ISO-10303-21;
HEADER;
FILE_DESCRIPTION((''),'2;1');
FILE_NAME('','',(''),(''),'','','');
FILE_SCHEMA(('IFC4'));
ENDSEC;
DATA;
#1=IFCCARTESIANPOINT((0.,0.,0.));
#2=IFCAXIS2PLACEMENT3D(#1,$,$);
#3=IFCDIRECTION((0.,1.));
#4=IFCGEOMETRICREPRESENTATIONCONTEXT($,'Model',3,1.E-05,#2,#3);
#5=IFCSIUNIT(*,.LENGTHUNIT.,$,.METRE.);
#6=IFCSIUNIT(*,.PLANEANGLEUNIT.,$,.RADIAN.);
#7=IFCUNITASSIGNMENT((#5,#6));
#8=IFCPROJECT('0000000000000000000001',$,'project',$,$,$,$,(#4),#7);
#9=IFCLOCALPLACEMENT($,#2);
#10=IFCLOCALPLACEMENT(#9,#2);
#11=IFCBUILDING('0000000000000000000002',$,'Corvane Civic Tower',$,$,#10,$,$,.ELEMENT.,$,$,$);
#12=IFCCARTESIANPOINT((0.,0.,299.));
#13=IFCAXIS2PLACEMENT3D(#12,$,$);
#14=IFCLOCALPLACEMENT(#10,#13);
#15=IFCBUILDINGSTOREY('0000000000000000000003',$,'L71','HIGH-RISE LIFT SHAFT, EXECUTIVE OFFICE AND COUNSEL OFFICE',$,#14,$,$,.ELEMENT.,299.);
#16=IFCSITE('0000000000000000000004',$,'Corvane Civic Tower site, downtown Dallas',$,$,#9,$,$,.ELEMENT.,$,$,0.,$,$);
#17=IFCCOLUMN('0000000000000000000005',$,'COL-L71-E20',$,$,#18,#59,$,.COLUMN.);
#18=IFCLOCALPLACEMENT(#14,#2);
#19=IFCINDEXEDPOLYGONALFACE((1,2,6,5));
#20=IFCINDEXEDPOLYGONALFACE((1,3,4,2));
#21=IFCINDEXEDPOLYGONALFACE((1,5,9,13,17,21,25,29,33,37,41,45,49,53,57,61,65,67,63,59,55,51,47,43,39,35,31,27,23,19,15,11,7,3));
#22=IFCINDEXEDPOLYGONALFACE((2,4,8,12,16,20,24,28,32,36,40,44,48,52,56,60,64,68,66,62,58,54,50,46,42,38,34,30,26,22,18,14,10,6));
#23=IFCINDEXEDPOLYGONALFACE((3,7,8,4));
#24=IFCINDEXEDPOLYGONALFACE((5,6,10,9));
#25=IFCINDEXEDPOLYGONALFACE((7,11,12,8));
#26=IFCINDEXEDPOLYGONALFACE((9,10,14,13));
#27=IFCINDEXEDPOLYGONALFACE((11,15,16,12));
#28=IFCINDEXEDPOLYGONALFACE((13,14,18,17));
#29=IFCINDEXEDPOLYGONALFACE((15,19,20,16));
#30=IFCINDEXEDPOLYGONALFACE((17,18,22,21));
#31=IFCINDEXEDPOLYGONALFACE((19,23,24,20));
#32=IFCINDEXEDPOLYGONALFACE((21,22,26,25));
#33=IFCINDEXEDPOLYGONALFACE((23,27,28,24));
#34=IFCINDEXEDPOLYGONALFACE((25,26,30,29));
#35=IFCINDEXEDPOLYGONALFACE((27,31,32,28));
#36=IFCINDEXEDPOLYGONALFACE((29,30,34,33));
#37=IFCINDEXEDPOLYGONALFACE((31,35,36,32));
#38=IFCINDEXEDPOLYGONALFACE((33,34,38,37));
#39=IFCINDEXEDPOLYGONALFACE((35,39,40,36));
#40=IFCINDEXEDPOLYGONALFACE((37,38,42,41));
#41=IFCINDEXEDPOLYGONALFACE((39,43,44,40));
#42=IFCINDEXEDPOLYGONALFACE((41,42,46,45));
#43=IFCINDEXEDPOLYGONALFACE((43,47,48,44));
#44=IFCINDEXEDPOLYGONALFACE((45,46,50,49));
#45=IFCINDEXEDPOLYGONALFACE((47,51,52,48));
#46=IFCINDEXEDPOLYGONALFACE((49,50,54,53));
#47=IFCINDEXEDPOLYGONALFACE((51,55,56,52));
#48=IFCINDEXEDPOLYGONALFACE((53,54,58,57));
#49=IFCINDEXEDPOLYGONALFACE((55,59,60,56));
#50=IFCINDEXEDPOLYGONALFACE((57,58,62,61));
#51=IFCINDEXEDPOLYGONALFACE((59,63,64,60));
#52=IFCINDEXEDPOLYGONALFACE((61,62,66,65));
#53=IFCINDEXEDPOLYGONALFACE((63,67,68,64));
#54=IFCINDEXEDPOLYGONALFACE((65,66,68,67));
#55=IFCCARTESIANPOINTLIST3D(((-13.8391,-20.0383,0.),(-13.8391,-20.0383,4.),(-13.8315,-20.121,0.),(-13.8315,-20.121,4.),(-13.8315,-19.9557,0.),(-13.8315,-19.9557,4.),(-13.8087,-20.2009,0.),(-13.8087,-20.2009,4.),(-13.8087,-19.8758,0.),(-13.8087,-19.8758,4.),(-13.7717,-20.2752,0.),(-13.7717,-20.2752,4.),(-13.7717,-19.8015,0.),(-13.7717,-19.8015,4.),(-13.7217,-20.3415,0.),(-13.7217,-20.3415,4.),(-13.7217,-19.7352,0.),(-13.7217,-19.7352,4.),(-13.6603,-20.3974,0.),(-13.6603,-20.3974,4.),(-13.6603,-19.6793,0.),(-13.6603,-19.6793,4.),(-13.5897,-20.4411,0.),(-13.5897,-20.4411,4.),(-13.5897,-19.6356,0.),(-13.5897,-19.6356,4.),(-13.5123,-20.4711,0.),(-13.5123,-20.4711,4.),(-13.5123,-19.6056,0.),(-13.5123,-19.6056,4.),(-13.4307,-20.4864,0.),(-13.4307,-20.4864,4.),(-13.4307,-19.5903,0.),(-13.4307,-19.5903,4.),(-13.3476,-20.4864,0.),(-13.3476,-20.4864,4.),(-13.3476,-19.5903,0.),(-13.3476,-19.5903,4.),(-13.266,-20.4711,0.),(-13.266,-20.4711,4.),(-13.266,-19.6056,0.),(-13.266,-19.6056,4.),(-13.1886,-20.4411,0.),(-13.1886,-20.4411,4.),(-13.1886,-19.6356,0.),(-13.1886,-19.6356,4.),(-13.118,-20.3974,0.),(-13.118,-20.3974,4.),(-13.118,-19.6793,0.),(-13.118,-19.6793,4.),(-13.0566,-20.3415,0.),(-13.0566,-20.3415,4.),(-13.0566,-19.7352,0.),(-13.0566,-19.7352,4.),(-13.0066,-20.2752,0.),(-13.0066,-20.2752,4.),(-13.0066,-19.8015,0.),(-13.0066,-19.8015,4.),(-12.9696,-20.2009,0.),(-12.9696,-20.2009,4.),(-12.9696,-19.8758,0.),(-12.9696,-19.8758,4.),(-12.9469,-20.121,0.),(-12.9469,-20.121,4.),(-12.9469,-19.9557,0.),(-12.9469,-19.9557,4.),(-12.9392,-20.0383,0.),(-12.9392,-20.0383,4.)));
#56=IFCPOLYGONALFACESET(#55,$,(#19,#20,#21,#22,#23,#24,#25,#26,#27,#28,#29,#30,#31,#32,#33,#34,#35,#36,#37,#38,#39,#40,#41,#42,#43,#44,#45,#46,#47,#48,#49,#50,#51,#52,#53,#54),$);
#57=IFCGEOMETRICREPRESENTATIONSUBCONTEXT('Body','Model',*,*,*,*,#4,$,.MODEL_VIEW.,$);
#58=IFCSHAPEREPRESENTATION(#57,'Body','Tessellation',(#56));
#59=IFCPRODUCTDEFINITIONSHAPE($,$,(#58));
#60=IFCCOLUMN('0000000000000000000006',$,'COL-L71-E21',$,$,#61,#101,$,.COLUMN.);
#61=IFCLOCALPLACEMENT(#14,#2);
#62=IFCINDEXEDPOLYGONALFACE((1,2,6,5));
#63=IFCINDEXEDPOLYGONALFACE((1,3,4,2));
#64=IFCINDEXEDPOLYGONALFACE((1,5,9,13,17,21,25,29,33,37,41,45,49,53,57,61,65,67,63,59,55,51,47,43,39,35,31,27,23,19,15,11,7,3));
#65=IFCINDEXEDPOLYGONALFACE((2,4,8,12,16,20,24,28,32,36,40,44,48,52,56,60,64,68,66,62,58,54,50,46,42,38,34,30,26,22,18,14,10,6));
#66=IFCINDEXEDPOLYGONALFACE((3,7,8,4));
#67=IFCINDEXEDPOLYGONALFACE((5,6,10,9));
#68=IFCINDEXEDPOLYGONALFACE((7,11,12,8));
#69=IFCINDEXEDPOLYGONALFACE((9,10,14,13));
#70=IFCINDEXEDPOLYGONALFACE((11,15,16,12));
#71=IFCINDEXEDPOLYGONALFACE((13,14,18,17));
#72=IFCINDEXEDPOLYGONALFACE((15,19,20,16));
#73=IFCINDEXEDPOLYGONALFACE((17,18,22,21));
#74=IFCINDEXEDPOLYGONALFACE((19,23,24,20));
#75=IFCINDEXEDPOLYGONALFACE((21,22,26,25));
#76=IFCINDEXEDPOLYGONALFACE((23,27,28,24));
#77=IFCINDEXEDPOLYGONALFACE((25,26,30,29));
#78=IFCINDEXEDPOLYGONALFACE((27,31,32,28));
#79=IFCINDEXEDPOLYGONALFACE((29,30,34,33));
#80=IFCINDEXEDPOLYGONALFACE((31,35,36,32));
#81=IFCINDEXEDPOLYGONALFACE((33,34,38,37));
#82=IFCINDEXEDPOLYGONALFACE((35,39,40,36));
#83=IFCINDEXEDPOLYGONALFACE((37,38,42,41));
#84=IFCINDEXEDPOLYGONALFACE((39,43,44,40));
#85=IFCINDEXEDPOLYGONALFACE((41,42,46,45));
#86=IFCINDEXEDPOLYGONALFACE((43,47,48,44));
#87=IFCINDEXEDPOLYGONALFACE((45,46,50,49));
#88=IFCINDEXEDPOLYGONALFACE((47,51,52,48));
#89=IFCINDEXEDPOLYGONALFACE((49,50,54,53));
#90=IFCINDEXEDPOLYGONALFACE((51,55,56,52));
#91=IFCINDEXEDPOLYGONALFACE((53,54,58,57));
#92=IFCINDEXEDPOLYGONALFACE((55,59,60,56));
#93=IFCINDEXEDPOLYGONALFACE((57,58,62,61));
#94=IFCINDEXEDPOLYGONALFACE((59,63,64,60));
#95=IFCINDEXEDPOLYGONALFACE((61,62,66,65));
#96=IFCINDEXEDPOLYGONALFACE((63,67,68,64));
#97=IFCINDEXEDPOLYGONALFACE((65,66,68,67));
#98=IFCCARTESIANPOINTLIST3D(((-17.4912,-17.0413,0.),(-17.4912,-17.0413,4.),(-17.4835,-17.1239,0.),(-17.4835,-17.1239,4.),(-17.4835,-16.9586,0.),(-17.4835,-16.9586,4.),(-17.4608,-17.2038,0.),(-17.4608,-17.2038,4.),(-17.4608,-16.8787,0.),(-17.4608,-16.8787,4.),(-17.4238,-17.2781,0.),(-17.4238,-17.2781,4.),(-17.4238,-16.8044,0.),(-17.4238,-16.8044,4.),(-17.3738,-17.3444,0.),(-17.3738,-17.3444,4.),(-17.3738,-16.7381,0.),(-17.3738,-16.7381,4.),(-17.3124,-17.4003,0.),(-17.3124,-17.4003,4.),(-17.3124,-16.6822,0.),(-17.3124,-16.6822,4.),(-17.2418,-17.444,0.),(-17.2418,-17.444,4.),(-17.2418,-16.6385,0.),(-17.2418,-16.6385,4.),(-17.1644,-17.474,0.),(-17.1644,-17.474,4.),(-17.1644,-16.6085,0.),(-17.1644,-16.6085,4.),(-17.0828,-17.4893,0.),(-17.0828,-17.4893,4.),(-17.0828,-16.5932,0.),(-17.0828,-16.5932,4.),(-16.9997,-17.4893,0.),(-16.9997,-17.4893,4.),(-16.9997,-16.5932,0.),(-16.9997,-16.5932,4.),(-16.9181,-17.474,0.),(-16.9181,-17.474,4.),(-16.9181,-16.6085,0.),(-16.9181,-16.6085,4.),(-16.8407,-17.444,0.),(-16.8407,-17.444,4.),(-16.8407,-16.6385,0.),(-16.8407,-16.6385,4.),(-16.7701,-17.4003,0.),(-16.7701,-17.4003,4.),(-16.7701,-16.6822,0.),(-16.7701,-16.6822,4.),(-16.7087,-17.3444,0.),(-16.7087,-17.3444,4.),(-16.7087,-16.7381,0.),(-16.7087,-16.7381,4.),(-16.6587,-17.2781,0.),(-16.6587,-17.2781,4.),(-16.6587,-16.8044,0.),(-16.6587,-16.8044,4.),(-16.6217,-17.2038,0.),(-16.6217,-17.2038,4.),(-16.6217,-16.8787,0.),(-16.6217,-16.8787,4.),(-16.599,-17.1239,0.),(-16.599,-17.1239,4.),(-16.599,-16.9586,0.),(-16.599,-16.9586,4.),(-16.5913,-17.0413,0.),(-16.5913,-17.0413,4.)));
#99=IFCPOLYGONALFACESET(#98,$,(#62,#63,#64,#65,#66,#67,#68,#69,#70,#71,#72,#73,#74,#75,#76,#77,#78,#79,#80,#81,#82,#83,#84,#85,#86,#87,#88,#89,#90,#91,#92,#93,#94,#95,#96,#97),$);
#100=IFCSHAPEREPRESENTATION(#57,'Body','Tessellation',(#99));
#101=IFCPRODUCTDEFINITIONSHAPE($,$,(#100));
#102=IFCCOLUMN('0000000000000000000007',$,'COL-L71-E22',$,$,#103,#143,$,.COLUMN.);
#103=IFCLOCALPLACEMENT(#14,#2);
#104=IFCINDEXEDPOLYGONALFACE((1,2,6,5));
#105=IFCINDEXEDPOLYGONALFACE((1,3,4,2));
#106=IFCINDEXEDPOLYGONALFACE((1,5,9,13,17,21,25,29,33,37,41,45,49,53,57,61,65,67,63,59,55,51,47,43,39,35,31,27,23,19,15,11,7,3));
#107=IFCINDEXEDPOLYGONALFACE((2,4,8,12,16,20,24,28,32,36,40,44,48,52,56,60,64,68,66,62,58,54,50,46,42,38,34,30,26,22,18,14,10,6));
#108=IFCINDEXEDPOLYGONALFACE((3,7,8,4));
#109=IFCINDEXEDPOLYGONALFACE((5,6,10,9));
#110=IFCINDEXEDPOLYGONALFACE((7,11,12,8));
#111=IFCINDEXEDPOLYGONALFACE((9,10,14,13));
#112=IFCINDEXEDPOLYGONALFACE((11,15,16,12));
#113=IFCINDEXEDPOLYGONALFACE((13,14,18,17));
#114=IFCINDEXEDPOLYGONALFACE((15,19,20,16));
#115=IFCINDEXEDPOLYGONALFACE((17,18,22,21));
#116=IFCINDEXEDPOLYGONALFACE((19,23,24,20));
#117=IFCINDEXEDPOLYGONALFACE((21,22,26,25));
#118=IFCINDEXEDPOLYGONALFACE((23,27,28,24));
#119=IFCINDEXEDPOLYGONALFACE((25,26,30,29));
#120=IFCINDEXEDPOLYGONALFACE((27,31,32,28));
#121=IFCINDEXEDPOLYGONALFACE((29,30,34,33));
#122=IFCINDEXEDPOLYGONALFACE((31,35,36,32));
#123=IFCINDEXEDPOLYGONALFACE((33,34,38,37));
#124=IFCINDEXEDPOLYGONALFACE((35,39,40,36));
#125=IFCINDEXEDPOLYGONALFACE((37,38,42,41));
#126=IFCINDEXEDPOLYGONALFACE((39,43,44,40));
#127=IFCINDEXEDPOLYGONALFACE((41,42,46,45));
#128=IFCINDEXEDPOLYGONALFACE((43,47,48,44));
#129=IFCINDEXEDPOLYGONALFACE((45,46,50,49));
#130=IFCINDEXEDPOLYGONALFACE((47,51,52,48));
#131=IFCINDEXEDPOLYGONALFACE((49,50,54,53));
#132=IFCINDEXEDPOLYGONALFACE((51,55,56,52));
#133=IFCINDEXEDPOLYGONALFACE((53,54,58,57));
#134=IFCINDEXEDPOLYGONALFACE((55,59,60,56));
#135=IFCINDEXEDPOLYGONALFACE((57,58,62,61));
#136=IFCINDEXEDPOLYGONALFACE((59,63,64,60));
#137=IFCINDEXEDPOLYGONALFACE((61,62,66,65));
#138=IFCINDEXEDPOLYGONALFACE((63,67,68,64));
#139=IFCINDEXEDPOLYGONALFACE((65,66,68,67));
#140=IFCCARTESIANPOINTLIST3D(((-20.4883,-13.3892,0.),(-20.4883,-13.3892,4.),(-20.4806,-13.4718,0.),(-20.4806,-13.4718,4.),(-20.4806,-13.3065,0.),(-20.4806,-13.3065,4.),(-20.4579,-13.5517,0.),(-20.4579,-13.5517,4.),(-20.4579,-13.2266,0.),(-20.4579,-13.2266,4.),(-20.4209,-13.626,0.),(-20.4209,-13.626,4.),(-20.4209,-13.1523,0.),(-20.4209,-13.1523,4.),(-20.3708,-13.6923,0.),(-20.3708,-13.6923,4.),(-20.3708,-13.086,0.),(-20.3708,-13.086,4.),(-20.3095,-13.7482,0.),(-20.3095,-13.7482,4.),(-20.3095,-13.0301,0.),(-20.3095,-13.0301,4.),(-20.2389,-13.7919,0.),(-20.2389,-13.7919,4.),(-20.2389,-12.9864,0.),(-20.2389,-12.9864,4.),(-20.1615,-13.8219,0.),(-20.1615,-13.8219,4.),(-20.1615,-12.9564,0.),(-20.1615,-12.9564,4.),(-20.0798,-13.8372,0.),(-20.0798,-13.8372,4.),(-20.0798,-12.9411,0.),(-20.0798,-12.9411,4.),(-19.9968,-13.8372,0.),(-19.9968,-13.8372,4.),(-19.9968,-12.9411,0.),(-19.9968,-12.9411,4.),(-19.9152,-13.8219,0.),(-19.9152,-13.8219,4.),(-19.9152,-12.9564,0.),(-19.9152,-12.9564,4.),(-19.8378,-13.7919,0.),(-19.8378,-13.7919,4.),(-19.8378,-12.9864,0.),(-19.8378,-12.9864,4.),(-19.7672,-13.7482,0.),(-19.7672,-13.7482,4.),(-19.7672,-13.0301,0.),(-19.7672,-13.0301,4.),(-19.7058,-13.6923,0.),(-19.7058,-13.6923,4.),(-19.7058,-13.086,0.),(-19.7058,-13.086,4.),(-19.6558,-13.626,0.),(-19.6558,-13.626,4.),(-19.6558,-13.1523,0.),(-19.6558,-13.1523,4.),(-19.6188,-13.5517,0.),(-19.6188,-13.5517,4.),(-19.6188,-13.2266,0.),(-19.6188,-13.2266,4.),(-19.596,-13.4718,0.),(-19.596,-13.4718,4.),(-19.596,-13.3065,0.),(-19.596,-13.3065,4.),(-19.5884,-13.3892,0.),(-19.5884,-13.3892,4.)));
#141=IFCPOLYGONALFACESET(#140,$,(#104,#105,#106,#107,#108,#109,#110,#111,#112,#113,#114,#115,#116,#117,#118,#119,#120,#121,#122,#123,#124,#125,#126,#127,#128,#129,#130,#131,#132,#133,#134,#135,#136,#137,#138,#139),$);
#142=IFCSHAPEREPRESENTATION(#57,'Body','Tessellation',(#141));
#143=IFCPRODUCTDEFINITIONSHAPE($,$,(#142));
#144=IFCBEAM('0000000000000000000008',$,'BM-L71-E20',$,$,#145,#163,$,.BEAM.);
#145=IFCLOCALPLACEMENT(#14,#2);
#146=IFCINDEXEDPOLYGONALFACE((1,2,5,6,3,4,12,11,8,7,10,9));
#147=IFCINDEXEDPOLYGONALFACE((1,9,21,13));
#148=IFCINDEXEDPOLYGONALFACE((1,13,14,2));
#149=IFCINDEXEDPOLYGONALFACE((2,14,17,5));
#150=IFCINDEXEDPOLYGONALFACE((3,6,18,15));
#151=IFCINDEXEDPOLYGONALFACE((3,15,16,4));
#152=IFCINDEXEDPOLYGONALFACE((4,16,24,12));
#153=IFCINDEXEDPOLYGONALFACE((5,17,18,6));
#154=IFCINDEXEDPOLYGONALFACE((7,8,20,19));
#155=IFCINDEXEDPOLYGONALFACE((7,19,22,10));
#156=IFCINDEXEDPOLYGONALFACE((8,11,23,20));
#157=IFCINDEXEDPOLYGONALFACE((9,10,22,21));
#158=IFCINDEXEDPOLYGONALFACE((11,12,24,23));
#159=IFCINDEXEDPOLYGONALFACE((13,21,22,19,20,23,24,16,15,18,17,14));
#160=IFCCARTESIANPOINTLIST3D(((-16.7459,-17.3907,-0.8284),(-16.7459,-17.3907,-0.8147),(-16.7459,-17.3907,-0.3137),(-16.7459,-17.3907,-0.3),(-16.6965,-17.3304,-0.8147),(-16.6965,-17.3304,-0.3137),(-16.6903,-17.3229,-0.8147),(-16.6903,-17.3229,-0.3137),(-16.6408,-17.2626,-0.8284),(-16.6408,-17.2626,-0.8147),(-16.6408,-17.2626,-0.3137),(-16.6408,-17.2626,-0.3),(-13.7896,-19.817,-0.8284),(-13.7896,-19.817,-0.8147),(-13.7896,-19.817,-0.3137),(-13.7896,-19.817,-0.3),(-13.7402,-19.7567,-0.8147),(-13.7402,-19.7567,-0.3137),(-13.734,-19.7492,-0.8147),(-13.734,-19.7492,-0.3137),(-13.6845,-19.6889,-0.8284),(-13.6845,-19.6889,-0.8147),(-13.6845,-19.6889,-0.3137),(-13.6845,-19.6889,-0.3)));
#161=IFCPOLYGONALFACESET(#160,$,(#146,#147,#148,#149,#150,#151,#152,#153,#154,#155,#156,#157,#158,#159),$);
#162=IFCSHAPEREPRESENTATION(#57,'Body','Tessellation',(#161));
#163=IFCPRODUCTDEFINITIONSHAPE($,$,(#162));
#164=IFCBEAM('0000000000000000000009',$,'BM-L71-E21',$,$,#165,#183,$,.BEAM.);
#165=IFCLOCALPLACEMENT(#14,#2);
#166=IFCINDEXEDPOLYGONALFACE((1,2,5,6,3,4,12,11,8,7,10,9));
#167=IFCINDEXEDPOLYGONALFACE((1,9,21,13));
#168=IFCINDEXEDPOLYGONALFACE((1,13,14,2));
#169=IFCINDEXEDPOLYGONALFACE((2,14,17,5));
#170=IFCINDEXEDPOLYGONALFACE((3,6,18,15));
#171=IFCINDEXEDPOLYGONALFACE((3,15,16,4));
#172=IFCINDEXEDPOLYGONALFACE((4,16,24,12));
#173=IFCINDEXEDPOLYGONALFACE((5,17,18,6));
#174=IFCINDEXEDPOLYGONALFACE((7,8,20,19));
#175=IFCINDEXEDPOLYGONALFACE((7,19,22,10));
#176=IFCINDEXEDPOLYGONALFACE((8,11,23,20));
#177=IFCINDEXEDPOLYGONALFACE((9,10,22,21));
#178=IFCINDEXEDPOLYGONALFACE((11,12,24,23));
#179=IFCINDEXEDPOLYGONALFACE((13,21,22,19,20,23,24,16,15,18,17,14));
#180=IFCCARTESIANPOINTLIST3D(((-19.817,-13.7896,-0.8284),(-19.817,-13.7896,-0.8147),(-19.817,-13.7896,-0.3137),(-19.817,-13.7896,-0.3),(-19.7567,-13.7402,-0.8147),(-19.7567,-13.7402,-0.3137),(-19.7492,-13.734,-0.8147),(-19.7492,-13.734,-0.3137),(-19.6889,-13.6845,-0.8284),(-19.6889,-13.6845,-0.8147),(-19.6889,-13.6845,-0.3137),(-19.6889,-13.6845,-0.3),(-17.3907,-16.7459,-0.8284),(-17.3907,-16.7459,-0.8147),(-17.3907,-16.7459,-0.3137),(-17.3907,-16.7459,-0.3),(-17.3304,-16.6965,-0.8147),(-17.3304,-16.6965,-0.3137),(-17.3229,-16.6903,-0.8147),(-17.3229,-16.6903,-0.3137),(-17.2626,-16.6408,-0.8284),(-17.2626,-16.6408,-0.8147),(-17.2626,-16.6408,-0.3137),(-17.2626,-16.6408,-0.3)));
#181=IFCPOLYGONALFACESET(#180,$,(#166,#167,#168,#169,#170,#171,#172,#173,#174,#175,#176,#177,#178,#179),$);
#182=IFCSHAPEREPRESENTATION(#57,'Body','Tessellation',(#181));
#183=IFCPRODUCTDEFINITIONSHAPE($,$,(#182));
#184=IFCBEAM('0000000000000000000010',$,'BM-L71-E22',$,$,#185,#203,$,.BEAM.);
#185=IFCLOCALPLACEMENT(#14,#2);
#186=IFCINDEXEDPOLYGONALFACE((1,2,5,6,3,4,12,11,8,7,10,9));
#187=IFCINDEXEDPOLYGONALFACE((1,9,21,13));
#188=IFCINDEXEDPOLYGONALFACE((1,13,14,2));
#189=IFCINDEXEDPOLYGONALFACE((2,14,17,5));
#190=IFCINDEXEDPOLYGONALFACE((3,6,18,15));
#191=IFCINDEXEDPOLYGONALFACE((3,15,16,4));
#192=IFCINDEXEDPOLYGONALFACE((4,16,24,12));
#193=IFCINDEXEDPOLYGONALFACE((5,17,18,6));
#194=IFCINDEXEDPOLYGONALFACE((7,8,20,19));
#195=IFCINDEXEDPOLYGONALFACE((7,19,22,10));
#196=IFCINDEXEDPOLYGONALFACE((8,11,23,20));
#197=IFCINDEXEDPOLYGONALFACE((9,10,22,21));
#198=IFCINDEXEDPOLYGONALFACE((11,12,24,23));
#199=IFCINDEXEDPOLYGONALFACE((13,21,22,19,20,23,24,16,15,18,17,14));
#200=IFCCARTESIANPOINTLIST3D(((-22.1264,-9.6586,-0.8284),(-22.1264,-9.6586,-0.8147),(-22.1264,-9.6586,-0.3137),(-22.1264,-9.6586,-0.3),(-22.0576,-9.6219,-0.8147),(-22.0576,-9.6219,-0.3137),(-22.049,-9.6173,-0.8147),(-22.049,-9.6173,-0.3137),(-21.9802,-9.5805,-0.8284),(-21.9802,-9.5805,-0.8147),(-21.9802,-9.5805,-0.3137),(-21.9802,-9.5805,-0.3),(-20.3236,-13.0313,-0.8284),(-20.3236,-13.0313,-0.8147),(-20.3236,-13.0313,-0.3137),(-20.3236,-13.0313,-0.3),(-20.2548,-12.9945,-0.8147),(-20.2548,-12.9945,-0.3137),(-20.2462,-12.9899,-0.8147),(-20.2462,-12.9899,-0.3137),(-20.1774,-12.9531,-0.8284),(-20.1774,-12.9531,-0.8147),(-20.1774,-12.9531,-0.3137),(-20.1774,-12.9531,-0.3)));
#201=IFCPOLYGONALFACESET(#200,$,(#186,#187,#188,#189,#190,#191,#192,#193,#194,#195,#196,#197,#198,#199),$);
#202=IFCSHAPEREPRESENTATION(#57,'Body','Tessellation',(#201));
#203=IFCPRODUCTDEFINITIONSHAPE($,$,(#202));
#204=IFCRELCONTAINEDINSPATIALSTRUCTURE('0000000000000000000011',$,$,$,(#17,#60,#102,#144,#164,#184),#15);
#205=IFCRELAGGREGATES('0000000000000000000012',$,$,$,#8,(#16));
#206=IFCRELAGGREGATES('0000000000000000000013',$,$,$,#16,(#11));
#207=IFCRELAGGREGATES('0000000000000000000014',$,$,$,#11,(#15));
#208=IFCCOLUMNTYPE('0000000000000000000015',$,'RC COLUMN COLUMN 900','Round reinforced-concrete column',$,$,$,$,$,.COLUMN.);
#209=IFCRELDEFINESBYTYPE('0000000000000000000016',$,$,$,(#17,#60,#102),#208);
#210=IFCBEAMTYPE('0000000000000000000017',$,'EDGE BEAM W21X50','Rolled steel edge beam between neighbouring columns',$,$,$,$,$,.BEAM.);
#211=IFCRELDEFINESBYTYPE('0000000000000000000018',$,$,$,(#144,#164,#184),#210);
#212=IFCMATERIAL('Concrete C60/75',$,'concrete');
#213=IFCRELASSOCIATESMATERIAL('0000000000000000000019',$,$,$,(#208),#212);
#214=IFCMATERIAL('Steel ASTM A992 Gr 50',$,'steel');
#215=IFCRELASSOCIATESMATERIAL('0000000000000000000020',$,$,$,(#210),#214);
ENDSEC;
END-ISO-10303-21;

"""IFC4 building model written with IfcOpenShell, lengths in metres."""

from ifc_helpers import new_model, si_unit, direction, frame, origin, origin_2d, place, context, subcontext, project, spatial, circle, i_section, extrude, material, material_profile, profile_set, type_object, element, save


model = new_model("IFC4")

# Units and contexts
model_context = context("Model", 3, precision=1e-05, world=origin(), true_north=direction((0.0, 1.0)))
body_context = subcontext(model_context, "Body", "Model", "MODEL_VIEW")
ifc_project = project(units=[si_unit("LENGTHUNIT", "METRE"), si_unit("PLANEANGLEUNIT", "RADIAN")], contexts=[model_context])

# Site, building, storey
site_placement = place(None, origin())
site = spatial("IfcSite", under=ifc_project, at=site_placement, Name="Corvane Civic Tower site, downtown Dallas", CompositionType="ELEMENT", RefElevation=0.0)
building_placement = place(site_placement, origin())
building = spatial("IfcBuilding", under=site, at=building_placement, Name="Corvane Civic Tower", CompositionType="ELEMENT")
storey_placement = place(building_placement, frame((0.0, 0.0, 299.0)))
storey = spatial("IfcBuildingStorey", under=building, at=storey_placement, Name="L71", Description="HIGH-RISE LIFT SHAFT, EXECUTIVE OFFICE AND COUNSEL OFFICE", CompositionType="ELEMENT", Elevation=299.0)

# Columns
ifc_material_1 = material(Name="Concrete C60/75", Category="concrete")
ifc_material_profile_1 = material_profile(ifc_material_1, circle(Radius=0.45, at=origin_2d()), Name="COLUMN 900")
ifc_profile_set_1 = profile_set([ifc_material_profile_1], Name="Concrete C60/75")
column_type = type_object("IfcColumnType", Name="RC COLUMN COLUMN 900", Description="Round reinforced-concrete column", PredefinedType="COLUMN", material=ifc_profile_set_1)
for number, where, z_axis, x_axis, name in (
    (1, (-13.3892, -20.0383, 0.0), (0.0, 0.0, 1.0), (1.0, 0.0, 0.0), "COL-L71-E20"),
    (2, (-17.0413, -17.0413, 0.0), (0.0, 0.0, 1.0), (1.0, 0.0, 0.0), "COL-L71-E21"),
    (3, (-20.0383, -13.3892, 0.0), (0.0, 0.0, 1.0), (1.0, 0.0, 0.0), "COL-L71-E22"),
):
    element("IfcColumn", number, at=place(storey_placement, frame(where, z_axis=z_axis, x_axis=x_axis)), inside=storey, type_object=column_type, Name=name, PredefinedType="COLUMN", context=body_context, shape_type="SweptSolid", body=[
        extrude(circle(Radius=0.45, at=origin_2d()), origin(), (0.0, 0.0, 1.0), 4.0),
    ])

# Beams
ifc_material_2 = material(Name="Steel ASTM A992 Gr 50", Category="steel")
ifc_material_profile_2 = material_profile(ifc_material_2, i_section(OverallWidth=0.1658, OverallDepth=0.5283, WebThickness=0.0098, FlangeThickness=0.0137, at=origin_2d()), Name="W21X50")
ifc_profile_set_2 = profile_set([ifc_material_profile_2], Name="Steel ASTM A992 Gr 50")
beam_type = type_object("IfcBeamType", Name="EDGE BEAM W21X50", Description="Rolled steel edge beam between neighbouring columns", PredefinedType="BEAM", material=ifc_profile_set_2)
for number, where, z_axis, x_axis, name in (
    (4, (-13.7371, -19.7529, -0.5642), (-0.772998, 0.634409, 0.0), (-0.634409, -0.772998, 0.0), "BM-L71-E20"),
    (5, (-17.3267, -16.6934, -0.5642), (-0.634409, 0.772998, 0.0), (-0.772998, -0.634409, 0.0), "BM-L71-E21"),
):
    element("IfcBeam", number, at=place(storey_placement, frame(where, z_axis=z_axis, x_axis=x_axis)), inside=storey, type_object=beam_type, Name=name, PredefinedType="BEAM", context=body_context, shape_type="SweptSolid", body=[
        extrude(i_section(OverallWidth=0.1658, OverallDepth=0.5283, WebThickness=0.0098, FlangeThickness=0.0137, at=origin_2d()), origin(), (0.0, 0.0, 1.0), 3.8245),
    ])
beam_placement = place(storey_placement, frame((-20.2505, -12.9922, -0.5642), z_axis=(-0.47141, 0.881914, 0.0), x_axis=(-0.881914, -0.47141, 0.0)))
element("IfcBeam", 6, at=beam_placement, inside=storey, type_object=beam_type, Name="BM-L71-E22", PredefinedType="BEAM", context=body_context, shape_type="SweptSolid", body=[
    extrude(i_section(OverallWidth=0.1658, OverallDepth=0.5283, WebThickness=0.0098, FlangeThickness=0.0137, at=origin_2d()), origin(), (0.0, 0.0, 1.0), 3.8242),
])

save(model, "model.ifc")
